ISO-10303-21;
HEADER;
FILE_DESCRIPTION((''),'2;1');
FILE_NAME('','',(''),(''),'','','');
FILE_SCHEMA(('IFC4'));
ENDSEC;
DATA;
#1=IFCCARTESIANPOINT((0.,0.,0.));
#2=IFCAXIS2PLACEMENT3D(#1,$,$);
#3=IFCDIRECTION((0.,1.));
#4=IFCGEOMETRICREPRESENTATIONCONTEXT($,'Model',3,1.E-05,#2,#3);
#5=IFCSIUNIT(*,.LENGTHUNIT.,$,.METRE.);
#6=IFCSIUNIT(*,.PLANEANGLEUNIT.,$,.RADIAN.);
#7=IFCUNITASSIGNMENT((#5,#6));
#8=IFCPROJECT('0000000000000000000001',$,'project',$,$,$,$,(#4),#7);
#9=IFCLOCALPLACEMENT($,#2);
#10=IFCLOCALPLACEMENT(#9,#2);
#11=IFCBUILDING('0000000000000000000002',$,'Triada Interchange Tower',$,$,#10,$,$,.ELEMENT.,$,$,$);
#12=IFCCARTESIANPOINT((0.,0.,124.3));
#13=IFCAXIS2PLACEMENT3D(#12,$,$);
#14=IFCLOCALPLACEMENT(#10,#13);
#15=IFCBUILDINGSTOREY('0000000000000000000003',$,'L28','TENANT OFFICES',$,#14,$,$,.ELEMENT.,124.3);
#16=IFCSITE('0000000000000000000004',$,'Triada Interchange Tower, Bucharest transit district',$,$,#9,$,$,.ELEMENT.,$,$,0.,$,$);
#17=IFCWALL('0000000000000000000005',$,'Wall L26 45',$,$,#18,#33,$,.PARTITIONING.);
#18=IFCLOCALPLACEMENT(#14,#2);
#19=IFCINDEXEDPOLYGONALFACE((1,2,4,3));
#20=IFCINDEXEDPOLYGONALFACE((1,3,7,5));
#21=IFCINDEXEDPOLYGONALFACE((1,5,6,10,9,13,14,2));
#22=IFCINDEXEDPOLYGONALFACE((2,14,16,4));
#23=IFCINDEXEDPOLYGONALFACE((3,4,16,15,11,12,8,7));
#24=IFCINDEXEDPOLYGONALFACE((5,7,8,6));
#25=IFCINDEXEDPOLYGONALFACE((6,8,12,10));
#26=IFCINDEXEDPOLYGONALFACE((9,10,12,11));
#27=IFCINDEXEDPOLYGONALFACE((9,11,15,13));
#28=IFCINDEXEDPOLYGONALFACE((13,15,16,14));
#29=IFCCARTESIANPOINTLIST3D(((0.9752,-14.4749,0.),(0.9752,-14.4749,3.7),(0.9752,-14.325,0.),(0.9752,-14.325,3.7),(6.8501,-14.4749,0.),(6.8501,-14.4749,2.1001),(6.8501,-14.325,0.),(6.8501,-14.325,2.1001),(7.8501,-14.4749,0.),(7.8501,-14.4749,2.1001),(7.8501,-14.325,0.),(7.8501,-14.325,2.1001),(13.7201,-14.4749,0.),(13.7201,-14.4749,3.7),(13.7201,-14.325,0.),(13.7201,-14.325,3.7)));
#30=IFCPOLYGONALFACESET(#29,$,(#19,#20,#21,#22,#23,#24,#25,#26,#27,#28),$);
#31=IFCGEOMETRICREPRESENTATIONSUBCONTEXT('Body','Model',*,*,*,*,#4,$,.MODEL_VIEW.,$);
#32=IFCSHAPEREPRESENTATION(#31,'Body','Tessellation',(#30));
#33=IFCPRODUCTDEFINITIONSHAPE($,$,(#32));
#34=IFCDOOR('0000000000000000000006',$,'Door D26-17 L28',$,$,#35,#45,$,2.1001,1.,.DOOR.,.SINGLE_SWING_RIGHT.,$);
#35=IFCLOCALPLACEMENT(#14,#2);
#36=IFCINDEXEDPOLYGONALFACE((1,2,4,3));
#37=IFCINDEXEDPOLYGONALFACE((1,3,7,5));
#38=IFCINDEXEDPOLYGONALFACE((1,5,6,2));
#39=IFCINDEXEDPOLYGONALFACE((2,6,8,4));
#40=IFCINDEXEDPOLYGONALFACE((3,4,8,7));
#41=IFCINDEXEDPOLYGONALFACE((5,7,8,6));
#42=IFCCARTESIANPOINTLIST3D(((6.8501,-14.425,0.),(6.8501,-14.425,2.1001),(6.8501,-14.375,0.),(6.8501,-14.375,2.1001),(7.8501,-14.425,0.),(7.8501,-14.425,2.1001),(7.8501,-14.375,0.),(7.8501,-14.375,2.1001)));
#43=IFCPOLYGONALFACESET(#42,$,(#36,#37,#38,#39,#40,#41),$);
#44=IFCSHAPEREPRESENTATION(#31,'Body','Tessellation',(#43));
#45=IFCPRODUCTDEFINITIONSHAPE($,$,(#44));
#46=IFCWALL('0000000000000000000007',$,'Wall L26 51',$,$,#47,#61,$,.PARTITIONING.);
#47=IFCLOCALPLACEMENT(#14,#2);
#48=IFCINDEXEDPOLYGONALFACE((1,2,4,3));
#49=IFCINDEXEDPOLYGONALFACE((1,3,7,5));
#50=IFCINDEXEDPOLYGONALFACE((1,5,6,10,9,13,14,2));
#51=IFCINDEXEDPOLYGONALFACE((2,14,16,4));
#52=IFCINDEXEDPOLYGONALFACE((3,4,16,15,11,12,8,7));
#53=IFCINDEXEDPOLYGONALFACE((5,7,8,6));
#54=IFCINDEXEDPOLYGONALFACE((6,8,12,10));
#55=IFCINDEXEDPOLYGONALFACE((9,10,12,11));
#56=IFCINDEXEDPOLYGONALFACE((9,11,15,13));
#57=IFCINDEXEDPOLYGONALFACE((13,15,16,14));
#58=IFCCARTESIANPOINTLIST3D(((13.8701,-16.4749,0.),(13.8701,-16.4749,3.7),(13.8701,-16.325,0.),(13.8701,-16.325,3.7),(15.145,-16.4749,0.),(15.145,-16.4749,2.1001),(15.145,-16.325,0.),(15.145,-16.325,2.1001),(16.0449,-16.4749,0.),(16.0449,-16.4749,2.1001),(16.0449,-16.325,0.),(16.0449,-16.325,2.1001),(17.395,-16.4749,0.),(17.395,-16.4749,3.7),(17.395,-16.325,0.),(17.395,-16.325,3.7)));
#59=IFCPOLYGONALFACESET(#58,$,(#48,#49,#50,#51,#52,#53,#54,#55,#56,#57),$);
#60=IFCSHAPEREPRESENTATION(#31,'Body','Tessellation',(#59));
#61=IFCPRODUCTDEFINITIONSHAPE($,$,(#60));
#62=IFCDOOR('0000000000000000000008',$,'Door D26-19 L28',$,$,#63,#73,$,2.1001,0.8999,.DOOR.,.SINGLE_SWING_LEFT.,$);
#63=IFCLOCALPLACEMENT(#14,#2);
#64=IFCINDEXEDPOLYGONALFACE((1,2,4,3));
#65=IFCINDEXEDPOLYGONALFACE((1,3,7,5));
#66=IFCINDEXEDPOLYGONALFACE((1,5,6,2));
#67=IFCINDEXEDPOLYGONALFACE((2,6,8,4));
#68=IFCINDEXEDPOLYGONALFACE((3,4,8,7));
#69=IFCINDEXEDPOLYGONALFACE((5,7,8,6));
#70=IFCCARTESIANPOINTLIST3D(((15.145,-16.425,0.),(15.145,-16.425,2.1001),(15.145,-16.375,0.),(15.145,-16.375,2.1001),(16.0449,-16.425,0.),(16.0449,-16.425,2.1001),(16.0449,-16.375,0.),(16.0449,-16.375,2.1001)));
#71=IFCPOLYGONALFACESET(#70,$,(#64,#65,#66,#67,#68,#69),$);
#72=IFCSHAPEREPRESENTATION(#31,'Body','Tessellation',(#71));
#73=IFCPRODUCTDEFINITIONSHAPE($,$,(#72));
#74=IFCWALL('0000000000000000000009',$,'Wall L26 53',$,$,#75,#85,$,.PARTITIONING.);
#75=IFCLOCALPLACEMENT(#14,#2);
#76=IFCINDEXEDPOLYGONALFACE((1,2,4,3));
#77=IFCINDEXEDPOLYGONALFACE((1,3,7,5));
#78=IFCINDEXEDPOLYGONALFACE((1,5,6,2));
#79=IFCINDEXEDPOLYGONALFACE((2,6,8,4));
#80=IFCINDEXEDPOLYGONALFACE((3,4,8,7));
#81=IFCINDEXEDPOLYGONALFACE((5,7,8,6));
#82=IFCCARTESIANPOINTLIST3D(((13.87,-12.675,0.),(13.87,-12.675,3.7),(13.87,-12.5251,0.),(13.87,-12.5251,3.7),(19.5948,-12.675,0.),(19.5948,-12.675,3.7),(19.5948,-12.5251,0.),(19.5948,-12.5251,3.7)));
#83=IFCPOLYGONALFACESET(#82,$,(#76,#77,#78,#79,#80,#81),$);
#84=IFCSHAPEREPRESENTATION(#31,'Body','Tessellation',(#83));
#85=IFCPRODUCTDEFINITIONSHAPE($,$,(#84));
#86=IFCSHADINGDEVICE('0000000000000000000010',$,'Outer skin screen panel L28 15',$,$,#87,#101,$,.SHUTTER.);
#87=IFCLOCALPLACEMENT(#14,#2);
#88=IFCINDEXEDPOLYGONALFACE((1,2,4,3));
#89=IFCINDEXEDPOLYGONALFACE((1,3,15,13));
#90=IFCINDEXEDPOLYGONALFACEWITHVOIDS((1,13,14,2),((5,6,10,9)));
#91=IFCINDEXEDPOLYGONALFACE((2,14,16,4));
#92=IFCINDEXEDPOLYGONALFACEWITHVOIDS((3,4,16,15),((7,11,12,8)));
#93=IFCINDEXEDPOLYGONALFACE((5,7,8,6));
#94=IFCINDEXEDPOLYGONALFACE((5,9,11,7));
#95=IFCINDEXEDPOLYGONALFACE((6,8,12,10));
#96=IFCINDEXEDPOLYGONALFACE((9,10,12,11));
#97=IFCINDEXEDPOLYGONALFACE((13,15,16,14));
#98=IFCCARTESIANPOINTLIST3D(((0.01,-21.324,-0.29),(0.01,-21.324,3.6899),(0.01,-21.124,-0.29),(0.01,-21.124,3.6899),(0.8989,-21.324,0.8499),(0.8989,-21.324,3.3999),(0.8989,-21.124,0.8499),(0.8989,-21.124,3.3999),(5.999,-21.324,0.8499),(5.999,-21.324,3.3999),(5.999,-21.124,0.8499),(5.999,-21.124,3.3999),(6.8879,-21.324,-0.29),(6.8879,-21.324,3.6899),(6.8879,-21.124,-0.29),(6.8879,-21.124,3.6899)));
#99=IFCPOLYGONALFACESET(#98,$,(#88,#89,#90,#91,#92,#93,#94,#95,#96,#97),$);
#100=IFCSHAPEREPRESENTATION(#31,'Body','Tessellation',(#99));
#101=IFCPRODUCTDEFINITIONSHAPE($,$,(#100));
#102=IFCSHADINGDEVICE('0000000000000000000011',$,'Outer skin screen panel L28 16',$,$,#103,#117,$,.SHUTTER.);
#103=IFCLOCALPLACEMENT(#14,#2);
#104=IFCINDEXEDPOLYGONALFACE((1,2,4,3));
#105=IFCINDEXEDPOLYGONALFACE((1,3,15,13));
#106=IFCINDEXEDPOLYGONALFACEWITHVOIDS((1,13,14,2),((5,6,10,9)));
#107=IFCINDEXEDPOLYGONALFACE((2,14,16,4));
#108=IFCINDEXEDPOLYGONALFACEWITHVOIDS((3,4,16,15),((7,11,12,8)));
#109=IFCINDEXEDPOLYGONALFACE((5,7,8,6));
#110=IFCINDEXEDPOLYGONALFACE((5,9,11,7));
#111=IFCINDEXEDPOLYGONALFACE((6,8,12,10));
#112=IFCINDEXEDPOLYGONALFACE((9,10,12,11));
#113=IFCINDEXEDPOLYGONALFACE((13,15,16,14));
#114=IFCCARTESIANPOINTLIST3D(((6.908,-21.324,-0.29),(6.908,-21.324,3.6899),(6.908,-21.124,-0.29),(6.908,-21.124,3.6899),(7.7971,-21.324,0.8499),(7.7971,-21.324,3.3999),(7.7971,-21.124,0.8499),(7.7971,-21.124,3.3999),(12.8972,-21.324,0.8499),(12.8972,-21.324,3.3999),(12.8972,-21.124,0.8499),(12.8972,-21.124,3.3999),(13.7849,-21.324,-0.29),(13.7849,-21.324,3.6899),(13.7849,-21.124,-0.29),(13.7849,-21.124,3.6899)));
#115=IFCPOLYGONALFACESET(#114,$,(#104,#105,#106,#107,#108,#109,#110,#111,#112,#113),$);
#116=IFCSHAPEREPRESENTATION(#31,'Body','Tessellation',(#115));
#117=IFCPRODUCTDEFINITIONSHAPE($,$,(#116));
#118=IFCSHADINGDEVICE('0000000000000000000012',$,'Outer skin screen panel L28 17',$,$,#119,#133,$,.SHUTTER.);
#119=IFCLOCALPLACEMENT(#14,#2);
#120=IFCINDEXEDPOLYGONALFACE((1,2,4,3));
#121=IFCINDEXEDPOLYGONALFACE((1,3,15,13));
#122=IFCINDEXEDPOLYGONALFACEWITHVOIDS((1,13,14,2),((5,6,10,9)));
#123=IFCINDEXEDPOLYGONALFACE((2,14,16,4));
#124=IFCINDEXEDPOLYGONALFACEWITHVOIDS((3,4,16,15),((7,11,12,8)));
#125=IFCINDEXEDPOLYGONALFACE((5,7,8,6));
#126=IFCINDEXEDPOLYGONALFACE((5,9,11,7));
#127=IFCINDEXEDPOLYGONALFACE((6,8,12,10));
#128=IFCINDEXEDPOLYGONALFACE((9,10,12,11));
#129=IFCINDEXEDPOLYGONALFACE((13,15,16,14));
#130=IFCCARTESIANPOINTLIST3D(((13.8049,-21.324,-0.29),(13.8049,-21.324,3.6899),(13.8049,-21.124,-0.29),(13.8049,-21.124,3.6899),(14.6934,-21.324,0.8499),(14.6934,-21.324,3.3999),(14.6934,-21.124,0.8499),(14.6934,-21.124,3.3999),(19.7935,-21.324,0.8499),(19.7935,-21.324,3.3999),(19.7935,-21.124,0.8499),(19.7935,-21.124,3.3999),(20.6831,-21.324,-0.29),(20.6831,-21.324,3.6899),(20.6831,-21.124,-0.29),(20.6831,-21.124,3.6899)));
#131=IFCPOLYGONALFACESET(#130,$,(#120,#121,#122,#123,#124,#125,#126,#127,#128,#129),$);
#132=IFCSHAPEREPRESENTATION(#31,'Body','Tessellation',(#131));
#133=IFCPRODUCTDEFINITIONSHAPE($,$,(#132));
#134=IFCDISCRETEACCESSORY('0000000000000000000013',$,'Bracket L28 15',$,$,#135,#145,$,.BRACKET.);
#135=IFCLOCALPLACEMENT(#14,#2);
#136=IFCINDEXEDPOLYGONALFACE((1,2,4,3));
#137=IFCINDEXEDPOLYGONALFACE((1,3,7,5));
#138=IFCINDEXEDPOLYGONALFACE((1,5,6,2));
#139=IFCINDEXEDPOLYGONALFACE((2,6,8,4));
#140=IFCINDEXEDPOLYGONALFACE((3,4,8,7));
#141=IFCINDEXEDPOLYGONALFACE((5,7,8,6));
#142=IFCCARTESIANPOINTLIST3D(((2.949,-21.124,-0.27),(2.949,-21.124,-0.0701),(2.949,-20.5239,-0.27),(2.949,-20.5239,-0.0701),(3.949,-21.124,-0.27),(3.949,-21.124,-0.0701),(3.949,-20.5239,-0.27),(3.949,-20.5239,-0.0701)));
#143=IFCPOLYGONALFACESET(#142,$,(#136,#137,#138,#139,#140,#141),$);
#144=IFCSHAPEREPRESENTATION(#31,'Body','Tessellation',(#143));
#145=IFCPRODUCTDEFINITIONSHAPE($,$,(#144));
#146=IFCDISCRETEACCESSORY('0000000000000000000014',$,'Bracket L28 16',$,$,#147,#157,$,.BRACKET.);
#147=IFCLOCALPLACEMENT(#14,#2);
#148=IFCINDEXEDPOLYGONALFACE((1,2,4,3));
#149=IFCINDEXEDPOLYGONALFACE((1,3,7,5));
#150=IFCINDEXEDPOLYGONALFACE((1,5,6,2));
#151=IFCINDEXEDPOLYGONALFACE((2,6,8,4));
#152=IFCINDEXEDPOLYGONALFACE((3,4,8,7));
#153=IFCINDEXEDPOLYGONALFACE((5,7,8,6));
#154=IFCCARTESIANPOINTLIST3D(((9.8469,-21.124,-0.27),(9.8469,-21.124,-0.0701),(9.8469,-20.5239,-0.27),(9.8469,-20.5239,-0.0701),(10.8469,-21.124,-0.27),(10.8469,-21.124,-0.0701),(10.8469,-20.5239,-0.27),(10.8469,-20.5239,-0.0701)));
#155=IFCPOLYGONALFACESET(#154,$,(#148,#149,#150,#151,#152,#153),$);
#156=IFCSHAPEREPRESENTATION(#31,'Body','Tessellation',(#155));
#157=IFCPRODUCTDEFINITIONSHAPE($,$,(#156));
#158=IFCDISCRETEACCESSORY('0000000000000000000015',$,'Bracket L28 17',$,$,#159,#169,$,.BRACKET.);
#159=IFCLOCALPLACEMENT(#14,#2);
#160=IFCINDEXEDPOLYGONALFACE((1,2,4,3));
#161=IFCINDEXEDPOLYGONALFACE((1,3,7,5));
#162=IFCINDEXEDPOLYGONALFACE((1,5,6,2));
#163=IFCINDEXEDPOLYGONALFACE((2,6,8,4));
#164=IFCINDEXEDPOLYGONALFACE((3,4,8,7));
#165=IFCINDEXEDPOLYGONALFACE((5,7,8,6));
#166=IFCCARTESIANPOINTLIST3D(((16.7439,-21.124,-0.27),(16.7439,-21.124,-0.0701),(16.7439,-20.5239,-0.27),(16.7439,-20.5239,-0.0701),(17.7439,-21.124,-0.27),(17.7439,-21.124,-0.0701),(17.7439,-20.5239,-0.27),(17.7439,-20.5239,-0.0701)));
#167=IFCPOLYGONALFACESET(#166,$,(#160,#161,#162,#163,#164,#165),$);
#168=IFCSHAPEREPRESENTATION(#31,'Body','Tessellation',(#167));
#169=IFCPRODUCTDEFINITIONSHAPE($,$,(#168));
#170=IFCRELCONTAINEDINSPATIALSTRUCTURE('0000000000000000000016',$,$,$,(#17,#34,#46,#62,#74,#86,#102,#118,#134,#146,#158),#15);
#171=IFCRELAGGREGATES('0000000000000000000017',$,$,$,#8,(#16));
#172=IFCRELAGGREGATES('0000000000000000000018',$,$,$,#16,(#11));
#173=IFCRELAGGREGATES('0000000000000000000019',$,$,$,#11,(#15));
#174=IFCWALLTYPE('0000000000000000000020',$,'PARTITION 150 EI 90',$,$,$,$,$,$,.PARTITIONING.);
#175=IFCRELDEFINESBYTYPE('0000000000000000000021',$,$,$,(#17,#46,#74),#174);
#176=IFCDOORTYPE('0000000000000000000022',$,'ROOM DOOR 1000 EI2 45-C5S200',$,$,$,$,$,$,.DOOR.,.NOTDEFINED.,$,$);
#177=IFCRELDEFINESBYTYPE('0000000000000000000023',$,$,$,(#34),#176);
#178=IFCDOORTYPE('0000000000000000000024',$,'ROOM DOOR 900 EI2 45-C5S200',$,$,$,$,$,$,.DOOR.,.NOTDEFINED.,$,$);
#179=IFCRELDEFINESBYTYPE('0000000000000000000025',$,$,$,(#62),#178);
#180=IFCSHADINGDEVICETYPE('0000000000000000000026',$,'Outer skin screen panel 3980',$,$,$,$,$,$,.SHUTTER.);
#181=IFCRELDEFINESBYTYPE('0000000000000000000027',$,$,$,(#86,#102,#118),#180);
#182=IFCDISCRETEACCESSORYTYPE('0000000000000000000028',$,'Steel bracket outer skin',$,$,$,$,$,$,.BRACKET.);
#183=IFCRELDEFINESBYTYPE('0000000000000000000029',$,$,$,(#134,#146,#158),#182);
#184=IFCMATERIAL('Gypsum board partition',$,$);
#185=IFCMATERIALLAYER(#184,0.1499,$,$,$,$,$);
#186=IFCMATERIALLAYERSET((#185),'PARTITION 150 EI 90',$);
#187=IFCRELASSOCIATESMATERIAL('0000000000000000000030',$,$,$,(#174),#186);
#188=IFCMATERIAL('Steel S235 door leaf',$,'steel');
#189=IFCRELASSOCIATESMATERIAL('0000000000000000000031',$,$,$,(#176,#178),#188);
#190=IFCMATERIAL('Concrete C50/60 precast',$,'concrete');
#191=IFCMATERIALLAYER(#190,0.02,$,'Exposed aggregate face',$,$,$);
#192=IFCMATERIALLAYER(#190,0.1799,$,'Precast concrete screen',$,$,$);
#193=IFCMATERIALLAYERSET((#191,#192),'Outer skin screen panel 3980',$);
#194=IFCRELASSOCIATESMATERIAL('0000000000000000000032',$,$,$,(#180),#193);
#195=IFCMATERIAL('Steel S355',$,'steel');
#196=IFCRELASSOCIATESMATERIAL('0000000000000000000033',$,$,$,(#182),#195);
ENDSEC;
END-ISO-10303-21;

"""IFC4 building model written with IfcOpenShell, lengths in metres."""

from ifc_helpers import new_model, si_unit, direction, frame, frame_2d, origin, origin_2d, place, context, subcontext, project, spatial, polyline, rectangle, outline, extrude, material, layer, layer_set, type_object, element, fill, save


model = new_model("IFC4")

# Units and contexts
model_context = context("Model", 3, precision=1e-05, world=origin(), true_north=direction((0.0, 1.0)))
body_context = subcontext(model_context, "Body", "Model", "MODEL_VIEW")
ifc_project = project(units=[si_unit("LENGTHUNIT", "METRE"), si_unit("PLANEANGLEUNIT", "RADIAN")], contexts=[model_context])

# Site, building, storey
site_placement = place(None, origin())
site = spatial("IfcSite", under=ifc_project, at=site_placement, Name="Triada Interchange Tower, Bucharest transit district", CompositionType="ELEMENT", RefElevation=0.0)
building_placement = place(site_placement, origin())
building = spatial("IfcBuilding", under=site, at=building_placement, Name="Triada Interchange Tower", CompositionType="ELEMENT")
storey_placement = place(building_placement, frame((0.0, 0.0, 124.3)))
storey = spatial("IfcBuildingStorey", under=building, at=storey_placement, Name="L28", Description="TENANT OFFICES", CompositionType="ELEMENT", Elevation=124.3)

# Shared definitions
ifc_material_1 = material(Name="Gypsum board partition")
ifc_material_2 = material(Name="Steel S235 door leaf", Category="steel")

# Walls, openings, doors
ifc_layer_1 = layer(ifc_material_1, 0.1499)
ifc_layer_set_1 = layer_set([ifc_layer_1], Name="PARTITION 150 EI 90")
wall_type_1 = type_object("IfcWallType", Name="PARTITION 150 EI 90", PredefinedType="PARTITIONING", material=ifc_layer_set_1)
wall_1_placement = place(storey_placement, frame((0.9751, -14.3999, 0.0), z_axis=(0.0, 0.0, 1.0), x_axis=(1.0, 0.0, 0.0)))
wall_1 = element("IfcWall", 1, at=wall_1_placement, inside=storey, type_object=wall_type_1, Name="Wall L26 45", PredefinedType="PARTITIONING", context=body_context, shape_type="SweptSolid", body=[
    extrude(rectangle(XDim=12.7449, YDim=0.1499, at=frame_2d((6.3726, 0.0))), origin(), (0.0, 0.0, 1.0), 3.7),
])
opening_1_placement = place(wall_1_placement, frame((5.875, 0.0, 0.0)))
opening_1 = element("IfcOpeningElement", 2, at=opening_1_placement, cuts=wall_1, PredefinedType="OPENING", context=body_context, shape_type="SweptSolid", body=[
    extrude(rectangle(XDim=1.0, YDim=2.1001, at=frame_2d((0.5, 1.05))), frame((0.0, 0.085, 0.0), z_axis=(0.0, -1.0, 0.0), x_axis=(1.0, 0.0, 0.0)), (0.0, 0.0, 1.0), 0.1699),
])
door_type_1 = type_object("IfcDoorType", Name="ROOM DOOR 1000 EI2 45-C5S200", OperationType="NOTDEFINED", PredefinedType="DOOR", material=ifc_material_2)
door_1_placement = place(opening_1_placement, origin())
door_1 = element("IfcDoor", 3, at=door_1_placement, inside=storey, type_object=door_type_1, Name="Door D26-17 L28", OperationType="SINGLE_SWING_RIGHT", OverallHeight=2.1001, OverallWidth=1.0, PredefinedType="DOOR", context=body_context, shape_type="SweptSolid", body=[
    extrude(rectangle(XDim=1.0, YDim=2.1001, at=frame_2d((0.5, 1.05))), frame((0.0, 0.0249, 0.0), z_axis=(0.0, -1.0, 0.0), x_axis=(1.0, 0.0, 0.0)), (0.0, 0.0, 1.0), 0.05),
])
fill(opening_1, door_1)
wall_2_placement = place(storey_placement, frame((13.8701, -16.3999, 0.0), z_axis=(0.0, 0.0, 1.0), x_axis=(1.0, 0.0, 0.0)))
wall_2 = element("IfcWall", 4, at=wall_2_placement, inside=storey, type_object=wall_type_1, Name="Wall L26 51", PredefinedType="PARTITIONING", context=body_context, shape_type="SweptSolid", body=[
    extrude(rectangle(XDim=3.5249, YDim=0.1499, at=frame_2d((1.7625, 0.0))), origin(), (0.0, 0.0, 1.0), 3.7),
])
opening_2_placement = place(wall_2_placement, frame((1.2749, 0.0, 0.0)))
opening_2 = element("IfcOpeningElement", 5, at=opening_2_placement, cuts=wall_2, PredefinedType="OPENING", context=body_context, shape_type="SweptSolid", body=[
    extrude(rectangle(XDim=0.8999, YDim=2.1001, at=frame_2d((0.45, 1.05))), frame((0.0, 0.085, 0.0), z_axis=(0.0, -1.0, 0.0), x_axis=(1.0, 0.0, 0.0)), (0.0, 0.0, 1.0), 0.1699),
])
door_type_2 = type_object("IfcDoorType", Name="ROOM DOOR 900 EI2 45-C5S200", OperationType="NOTDEFINED", PredefinedType="DOOR", material=ifc_material_2)
door_2_placement = place(opening_2_placement, origin())
door_2 = element("IfcDoor", 6, at=door_2_placement, inside=storey, type_object=door_type_2, Name="Door D26-19 L28", OperationType="SINGLE_SWING_LEFT", OverallHeight=2.1001, OverallWidth=0.8999, PredefinedType="DOOR", context=body_context, shape_type="SweptSolid", body=[
    extrude(rectangle(XDim=0.8999, YDim=2.1001, at=frame_2d((0.45, 1.05))), frame((0.0, 0.0249, 0.0), z_axis=(0.0, -1.0, 0.0), x_axis=(1.0, 0.0, 0.0)), (0.0, 0.0, 1.0), 0.05),
])
fill(opening_2, door_2)

# Wall
wall_3_placement = place(storey_placement, frame((13.8701, -12.6001, 0.0), z_axis=(0.0, 0.0, 1.0), x_axis=(1.0, 0.0, 0.0)))
element("IfcWall", 7, at=wall_3_placement, inside=storey, type_object=wall_type_1, Name="Wall L26 53", PredefinedType="PARTITIONING", context=body_context, shape_type="SweptSolid", body=[
    extrude(rectangle(XDim=5.7249, YDim=0.1499, at=frame_2d((2.8623, 0.0))), origin(), (0.0, 0.0, 1.0), 3.7),
])

# Shading devices
ifc_material_3 = material(Name="Concrete C50/60 precast", Category="concrete")
ifc_layer_2 = layer(ifc_material_3, 0.02, Name="Exposed aggregate face")
ifc_layer_3 = layer(ifc_material_3, 0.1799, Name="Precast concrete screen")
ifc_layer_set_2 = layer_set([ifc_layer_2, ifc_layer_3], Name="Outer skin screen panel 3980")
shading_device_type = type_object("IfcShadingDeviceType", Name="Outer skin screen panel 3980", PredefinedType="SHUTTER", material=ifc_layer_set_2)
shading_device_1_placement = place(storey_placement, frame((0.01, -21.124, -0.29), z_axis=(0.0, 0.0, 1.0), x_axis=(1.0, 0.0, 0.0)))
element("IfcShadingDevice", 8, at=shading_device_1_placement, inside=storey, type_object=shading_device_type, Name="Outer skin screen panel L28 15", PredefinedType="SHUTTER", context=body_context, shape_type="SweptSolid", body=[
    extrude(outline(polyline([(0.0, 0.0), (6.8779, 0.0), (6.8779, 3.98), (0.0, 3.98), (0.0, 0.0)]), holes=[polyline([(0.8889, 1.1399), (0.8889, 3.6899), (5.989, 3.6899), (5.989, 1.1399), (0.8889, 1.1399)])]), frame((0.0, 0.0, 0.0), z_axis=(0.0, -1.0, 0.0), x_axis=(1.0, 0.0, 0.0)), (0.0, 0.0, 1.0), 0.2),
])
shading_device_2_placement = place(storey_placement, frame((6.908, -21.124, -0.29), z_axis=(0.0, 0.0, 1.0), x_axis=(1.0, 0.0, 0.0)))
element("IfcShadingDevice", 9, at=shading_device_2_placement, inside=storey, type_object=shading_device_type, Name="Outer skin screen panel L28 16", PredefinedType="SHUTTER", context=body_context, shape_type="SweptSolid", body=[
    extrude(outline(polyline([(0.0, 0.0), (6.877, 0.0), (6.877, 3.98), (0.0, 3.98), (0.0, 0.0)]), holes=[polyline([(0.8892, 1.1399), (0.8892, 3.6899), (5.9893, 3.6899), (5.9893, 1.1399), (0.8892, 1.1399)])]), frame((0.0, 0.0, 0.0), z_axis=(0.0, -1.0, 0.0), x_axis=(1.0, 0.0, 0.0)), (0.0, 0.0, 1.0), 0.2),
])
shading_device_3_placement = place(storey_placement, frame((13.8049, -21.124, -0.29), z_axis=(0.0, 0.0, 1.0), x_axis=(1.0, 0.0, 0.0)))
element("IfcShadingDevice", 10, at=shading_device_3_placement, inside=storey, type_object=shading_device_type, Name="Outer skin screen panel L28 17", PredefinedType="SHUTTER", context=body_context, shape_type="SweptSolid", body=[
    extrude(outline(polyline([(0.0, 0.0), (6.8782, 0.0), (6.8782, 3.98), (0.0, 3.98), (0.0, 0.0)]), holes=[polyline([(0.8884, 1.1399), (0.8884, 3.6899), (5.9885, 3.6899), (5.9885, 1.1399), (0.8884, 1.1399)])]), frame((0.0, 0.0, 0.0), z_axis=(0.0, -1.0, 0.0), x_axis=(1.0, 0.0, 0.0)), (0.0, 0.0, 1.0), 0.2),
])

# Discrete accessories
ifc_material_4 = material(Name="Steel S355", Category="steel")
discrete_accessory_type = type_object("IfcDiscreteAccessoryType", Name="Steel bracket outer skin", PredefinedType="BRACKET", material=ifc_material_4)
for number, where, z_axis, x_axis, name in (
    (11, (3.449, -20.824, -0.27), (0.0, 0.0, 1.0), (0.0, -1.0, 0.0), "Bracket L28 15"),
    (12, (10.3469, -20.824, -0.27), (0.0, 0.0, 1.0), (0.0, -1.0, 0.0), "Bracket L28 16"),
    (13, (17.2439, -20.824, -0.27), (0.0, 0.0, 1.0), (0.0, -1.0, 0.0), "Bracket L28 17"),
):
    element("IfcDiscreteAccessory", number, at=place(storey_placement, frame(where, z_axis=z_axis, x_axis=x_axis)), inside=storey, type_object=discrete_accessory_type, Name=name, PredefinedType="BRACKET", context=body_context, shape_type="SweptSolid", body=[
        extrude(rectangle(XDim=0.6001, YDim=1.0, at=origin_2d()), origin(), (0.0, 0.0, 1.0), 0.2),
    ])

save(model, "model.ifc")
